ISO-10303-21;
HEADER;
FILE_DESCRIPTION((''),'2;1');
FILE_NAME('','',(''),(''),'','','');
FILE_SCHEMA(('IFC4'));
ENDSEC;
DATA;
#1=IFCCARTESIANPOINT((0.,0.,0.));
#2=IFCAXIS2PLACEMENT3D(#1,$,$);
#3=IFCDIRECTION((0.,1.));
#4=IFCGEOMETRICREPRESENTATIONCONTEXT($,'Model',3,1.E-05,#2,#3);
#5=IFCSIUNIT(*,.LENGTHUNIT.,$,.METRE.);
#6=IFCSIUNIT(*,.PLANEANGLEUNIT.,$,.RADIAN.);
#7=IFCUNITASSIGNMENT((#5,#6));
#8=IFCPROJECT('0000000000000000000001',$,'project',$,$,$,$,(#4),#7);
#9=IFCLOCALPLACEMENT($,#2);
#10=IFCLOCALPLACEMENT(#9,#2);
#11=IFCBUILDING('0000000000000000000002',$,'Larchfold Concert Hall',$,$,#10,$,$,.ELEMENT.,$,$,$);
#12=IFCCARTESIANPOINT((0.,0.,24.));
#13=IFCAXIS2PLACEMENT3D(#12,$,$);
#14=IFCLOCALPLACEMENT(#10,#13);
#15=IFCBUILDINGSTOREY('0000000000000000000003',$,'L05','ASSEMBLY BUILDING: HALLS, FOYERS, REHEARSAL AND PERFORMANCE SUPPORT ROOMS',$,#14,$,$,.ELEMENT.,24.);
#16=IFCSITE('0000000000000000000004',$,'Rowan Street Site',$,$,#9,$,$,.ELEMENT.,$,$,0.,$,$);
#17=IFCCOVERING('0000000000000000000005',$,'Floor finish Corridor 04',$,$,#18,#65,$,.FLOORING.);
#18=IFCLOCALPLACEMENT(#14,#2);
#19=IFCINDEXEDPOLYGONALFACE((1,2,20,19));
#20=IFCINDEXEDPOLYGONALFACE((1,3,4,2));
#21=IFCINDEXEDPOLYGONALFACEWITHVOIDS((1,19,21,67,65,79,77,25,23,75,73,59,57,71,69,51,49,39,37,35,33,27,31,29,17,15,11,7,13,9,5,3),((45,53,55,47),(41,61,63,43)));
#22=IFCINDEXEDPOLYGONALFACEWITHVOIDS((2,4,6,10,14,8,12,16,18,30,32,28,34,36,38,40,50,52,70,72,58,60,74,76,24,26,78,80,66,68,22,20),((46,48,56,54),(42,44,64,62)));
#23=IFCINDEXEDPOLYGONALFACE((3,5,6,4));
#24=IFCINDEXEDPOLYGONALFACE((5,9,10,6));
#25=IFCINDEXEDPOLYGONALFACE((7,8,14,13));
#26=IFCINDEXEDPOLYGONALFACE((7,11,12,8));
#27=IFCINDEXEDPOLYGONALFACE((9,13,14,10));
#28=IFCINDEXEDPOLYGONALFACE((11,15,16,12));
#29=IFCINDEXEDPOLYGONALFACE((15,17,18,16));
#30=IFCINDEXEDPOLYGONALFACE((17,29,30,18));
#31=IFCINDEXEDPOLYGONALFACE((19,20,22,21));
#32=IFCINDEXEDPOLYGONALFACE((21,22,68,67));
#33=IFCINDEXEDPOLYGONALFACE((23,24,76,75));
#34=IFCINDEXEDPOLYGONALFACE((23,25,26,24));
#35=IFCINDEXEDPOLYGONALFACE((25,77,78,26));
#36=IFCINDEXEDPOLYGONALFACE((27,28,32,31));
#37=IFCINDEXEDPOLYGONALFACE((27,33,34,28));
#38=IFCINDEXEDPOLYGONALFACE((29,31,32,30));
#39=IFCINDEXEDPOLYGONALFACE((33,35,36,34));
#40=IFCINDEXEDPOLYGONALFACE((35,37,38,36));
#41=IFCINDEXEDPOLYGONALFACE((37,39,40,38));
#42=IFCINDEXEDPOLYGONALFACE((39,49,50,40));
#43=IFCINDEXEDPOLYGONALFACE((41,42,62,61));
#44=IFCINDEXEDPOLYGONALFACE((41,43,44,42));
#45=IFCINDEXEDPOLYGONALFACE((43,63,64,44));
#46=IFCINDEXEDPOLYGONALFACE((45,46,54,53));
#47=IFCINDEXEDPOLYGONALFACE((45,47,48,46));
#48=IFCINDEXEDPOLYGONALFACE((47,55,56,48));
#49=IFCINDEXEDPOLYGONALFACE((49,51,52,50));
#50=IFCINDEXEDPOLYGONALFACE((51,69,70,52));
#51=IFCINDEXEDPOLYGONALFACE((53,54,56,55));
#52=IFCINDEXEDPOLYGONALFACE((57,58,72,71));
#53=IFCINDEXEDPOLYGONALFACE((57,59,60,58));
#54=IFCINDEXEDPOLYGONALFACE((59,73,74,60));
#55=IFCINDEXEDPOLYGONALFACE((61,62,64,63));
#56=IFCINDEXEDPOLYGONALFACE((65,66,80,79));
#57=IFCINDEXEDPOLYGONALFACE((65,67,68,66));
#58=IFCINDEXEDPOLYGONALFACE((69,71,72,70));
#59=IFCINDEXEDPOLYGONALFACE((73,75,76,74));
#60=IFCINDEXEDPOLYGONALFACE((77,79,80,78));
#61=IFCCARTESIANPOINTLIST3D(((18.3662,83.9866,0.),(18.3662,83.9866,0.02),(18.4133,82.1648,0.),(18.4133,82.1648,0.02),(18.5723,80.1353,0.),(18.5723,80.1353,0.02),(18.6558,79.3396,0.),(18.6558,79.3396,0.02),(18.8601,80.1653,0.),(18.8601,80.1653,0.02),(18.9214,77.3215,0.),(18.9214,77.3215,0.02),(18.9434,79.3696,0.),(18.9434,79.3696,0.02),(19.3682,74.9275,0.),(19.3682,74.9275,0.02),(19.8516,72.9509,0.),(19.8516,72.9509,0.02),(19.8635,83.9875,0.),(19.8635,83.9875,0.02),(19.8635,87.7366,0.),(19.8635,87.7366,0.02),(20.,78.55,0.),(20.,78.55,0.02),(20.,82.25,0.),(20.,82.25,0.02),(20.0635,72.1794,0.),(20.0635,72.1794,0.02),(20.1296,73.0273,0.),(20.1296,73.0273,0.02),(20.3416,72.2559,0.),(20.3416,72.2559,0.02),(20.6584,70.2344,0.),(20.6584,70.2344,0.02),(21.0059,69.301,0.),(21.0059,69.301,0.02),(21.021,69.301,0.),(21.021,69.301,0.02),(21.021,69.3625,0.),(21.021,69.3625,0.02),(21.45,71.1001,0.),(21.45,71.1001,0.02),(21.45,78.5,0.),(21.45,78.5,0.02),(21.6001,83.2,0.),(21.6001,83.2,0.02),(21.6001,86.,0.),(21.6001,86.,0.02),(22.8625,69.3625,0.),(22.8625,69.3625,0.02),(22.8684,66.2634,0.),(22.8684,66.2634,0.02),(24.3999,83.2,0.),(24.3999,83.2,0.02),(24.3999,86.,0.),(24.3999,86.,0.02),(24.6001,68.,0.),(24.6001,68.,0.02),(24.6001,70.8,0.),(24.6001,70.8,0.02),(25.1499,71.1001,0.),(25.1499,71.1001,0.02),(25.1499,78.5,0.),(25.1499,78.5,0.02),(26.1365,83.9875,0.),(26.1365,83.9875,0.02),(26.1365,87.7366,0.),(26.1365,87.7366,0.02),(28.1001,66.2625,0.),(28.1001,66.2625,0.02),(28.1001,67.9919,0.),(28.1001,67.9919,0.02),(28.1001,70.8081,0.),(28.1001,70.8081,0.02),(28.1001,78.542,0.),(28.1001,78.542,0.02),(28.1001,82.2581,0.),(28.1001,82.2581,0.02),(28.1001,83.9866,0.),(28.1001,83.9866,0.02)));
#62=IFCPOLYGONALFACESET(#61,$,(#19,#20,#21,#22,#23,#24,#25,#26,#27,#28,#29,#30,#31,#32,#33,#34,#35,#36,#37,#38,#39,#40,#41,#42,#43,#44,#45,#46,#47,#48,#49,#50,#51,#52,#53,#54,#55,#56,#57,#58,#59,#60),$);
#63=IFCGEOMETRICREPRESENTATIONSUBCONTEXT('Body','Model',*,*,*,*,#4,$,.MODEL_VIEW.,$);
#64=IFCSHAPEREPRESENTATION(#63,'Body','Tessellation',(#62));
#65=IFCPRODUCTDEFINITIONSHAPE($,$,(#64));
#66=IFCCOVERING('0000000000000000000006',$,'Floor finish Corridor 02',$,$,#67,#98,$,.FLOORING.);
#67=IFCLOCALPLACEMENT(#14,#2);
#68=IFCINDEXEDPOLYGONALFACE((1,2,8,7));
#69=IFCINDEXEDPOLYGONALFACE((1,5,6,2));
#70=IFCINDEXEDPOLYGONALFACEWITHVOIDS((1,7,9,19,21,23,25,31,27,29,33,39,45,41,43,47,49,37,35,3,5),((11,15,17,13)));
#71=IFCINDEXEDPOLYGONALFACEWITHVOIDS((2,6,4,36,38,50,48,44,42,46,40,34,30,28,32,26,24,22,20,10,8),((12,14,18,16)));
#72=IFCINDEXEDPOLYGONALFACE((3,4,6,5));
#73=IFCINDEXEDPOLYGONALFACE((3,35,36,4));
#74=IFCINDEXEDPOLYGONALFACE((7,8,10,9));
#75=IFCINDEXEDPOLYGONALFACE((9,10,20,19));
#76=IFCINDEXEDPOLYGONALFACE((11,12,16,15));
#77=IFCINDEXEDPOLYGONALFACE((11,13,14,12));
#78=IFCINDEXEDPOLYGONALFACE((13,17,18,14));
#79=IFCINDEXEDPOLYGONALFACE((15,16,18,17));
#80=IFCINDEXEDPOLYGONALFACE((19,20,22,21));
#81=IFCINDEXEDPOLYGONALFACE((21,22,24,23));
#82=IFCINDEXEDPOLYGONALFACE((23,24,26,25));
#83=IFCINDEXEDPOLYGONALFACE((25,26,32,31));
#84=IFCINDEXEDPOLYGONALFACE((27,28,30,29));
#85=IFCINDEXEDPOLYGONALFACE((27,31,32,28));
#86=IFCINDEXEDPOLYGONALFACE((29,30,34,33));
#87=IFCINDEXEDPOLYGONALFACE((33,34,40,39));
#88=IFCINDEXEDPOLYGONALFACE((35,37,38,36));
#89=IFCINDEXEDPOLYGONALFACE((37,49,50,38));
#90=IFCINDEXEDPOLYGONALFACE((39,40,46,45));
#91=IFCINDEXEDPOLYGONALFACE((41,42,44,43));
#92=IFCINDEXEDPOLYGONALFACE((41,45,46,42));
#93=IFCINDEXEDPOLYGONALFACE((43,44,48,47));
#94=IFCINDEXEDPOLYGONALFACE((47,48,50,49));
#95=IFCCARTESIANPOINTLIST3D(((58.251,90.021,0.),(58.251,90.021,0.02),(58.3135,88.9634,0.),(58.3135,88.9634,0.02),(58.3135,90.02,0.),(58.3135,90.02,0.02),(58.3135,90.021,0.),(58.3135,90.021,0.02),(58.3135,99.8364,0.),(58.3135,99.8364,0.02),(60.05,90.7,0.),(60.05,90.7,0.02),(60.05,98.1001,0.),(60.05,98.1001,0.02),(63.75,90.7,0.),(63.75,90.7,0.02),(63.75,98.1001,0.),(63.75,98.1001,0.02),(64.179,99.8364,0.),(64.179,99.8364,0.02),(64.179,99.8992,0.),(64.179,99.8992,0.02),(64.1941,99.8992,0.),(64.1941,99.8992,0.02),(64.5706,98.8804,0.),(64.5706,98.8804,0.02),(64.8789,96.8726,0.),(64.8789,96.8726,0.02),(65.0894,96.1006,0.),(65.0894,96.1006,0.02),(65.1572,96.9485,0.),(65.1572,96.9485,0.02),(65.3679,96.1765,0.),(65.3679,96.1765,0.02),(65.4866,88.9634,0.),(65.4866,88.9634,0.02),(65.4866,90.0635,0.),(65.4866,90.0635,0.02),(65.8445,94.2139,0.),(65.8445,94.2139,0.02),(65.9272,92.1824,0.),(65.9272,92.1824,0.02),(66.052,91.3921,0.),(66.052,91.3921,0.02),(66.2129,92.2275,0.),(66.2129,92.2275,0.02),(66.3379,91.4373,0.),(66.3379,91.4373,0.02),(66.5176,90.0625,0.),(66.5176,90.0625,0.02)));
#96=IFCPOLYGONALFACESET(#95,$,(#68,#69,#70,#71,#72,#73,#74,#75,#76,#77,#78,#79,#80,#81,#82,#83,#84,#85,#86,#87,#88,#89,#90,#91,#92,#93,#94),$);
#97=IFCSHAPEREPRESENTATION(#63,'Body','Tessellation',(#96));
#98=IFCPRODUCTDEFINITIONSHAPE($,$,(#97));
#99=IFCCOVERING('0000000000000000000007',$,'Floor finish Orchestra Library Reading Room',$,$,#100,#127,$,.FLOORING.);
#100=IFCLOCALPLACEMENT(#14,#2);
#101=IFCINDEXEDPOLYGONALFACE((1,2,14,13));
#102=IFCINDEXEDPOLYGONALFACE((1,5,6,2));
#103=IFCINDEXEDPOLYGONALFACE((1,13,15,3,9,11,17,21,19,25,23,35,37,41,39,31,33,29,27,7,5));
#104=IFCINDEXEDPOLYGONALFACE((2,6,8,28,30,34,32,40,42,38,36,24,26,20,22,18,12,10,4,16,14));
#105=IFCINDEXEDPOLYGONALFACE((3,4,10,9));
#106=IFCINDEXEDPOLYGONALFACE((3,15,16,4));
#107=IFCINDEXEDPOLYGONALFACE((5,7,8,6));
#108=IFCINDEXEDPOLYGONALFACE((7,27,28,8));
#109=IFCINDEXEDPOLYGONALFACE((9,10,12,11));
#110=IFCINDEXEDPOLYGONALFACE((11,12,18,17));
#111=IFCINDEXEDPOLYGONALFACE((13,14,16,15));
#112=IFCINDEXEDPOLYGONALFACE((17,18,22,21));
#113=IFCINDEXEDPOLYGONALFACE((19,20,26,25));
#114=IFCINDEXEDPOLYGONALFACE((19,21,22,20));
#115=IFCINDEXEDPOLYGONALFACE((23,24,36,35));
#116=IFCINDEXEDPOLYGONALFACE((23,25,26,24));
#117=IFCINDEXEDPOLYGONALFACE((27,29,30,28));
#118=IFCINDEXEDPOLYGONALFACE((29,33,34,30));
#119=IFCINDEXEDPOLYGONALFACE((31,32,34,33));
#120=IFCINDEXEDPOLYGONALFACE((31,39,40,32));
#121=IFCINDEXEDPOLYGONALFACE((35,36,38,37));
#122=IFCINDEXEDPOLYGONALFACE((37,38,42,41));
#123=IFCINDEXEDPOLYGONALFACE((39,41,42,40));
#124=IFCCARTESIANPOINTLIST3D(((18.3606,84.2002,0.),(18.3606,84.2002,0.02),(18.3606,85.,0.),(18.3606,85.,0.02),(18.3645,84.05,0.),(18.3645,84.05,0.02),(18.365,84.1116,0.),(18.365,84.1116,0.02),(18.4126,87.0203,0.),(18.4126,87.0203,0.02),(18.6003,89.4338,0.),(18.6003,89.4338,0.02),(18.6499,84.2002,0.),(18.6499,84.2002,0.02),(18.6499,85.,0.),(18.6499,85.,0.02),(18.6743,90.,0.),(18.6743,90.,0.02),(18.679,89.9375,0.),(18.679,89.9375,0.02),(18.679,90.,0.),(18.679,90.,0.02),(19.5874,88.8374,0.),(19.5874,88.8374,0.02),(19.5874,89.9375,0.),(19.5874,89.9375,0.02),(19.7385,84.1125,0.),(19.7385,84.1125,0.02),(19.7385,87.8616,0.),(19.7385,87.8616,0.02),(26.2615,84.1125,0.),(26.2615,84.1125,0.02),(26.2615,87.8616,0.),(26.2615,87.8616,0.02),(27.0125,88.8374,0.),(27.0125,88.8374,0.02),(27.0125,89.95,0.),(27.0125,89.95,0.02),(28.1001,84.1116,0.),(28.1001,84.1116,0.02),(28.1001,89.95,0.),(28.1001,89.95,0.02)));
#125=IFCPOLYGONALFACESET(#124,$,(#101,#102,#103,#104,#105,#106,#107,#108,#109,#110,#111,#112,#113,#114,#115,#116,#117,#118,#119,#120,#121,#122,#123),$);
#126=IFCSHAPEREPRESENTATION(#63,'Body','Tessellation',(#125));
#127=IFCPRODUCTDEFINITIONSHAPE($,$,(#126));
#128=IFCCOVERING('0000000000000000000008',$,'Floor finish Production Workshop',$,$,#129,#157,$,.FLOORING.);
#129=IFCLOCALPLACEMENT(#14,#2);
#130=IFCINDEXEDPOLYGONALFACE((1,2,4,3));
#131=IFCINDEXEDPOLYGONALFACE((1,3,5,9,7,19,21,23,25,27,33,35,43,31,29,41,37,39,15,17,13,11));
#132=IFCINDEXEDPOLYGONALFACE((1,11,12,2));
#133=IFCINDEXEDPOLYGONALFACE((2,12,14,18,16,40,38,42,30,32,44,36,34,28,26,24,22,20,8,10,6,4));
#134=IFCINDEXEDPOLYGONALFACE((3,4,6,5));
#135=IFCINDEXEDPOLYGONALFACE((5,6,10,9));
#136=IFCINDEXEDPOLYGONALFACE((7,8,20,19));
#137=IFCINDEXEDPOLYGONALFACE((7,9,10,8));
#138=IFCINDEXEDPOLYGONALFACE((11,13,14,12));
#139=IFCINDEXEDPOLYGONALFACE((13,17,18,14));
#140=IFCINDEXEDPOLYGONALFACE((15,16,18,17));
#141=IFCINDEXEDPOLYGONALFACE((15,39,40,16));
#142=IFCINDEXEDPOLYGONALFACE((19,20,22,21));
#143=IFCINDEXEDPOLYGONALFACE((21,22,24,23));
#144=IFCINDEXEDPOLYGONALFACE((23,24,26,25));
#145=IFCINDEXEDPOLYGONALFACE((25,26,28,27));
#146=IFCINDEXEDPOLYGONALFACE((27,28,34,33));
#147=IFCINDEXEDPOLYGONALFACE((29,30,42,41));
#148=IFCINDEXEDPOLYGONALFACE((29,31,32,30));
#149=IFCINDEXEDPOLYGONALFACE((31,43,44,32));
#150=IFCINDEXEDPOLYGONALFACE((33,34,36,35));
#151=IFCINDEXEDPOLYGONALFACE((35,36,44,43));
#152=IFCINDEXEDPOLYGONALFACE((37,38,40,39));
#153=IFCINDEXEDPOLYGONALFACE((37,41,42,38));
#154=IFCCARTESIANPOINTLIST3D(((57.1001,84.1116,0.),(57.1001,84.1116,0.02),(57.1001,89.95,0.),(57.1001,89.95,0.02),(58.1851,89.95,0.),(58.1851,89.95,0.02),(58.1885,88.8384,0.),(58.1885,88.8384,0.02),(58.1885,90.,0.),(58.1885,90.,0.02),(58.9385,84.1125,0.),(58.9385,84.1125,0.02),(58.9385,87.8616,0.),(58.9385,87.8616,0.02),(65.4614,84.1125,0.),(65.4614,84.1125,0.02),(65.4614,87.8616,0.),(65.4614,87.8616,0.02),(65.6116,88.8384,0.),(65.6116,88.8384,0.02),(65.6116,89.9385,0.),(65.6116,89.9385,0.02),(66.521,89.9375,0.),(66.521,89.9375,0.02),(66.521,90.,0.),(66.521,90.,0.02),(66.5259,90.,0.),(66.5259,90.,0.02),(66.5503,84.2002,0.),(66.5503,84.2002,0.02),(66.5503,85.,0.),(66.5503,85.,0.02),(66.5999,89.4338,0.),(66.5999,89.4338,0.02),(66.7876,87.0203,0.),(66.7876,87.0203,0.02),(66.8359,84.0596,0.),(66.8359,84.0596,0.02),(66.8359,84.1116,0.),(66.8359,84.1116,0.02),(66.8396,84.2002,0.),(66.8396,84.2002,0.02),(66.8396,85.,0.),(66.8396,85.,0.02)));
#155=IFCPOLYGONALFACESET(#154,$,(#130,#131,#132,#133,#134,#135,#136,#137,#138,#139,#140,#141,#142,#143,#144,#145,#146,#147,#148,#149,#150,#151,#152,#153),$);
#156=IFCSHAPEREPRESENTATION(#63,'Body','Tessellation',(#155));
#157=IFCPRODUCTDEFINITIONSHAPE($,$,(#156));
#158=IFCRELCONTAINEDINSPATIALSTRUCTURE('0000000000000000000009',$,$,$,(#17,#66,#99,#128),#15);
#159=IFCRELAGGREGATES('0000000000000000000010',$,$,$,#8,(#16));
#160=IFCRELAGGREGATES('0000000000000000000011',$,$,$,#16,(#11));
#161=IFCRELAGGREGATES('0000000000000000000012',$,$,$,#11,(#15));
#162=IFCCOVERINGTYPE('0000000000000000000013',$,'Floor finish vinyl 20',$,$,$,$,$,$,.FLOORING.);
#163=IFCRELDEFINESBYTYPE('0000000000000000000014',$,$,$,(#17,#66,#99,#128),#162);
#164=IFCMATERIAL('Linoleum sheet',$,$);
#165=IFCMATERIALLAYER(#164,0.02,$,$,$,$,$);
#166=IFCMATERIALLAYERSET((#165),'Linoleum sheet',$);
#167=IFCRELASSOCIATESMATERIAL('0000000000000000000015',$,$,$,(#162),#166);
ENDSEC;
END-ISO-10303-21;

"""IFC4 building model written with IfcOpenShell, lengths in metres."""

from ifc_helpers import new_model, si_unit, direction, frame, origin, place, context, subcontext, project, spatial, polyline, outline, extrude, material, layer, layer_set, type_object, element, save


model = new_model("IFC4")

# Units and contexts
model_context = context("Model", 3, precision=1e-05, world=origin(), true_north=direction((0.0, 1.0)))
body_context = subcontext(model_context, "Body", "Model", "MODEL_VIEW")
ifc_project = project(units=[si_unit("LENGTHUNIT", "METRE"), si_unit("PLANEANGLEUNIT", "RADIAN")], contexts=[model_context])

# Site, building, storey
site_placement = place(None, origin())
site = spatial("IfcSite", under=ifc_project, at=site_placement, Name="Rowan Street Site", CompositionType="ELEMENT", RefElevation=0.0)
building_placement = place(site_placement, origin())
building = spatial("IfcBuilding", under=site, at=building_placement, Name="Larchfold Concert Hall", CompositionType="ELEMENT")
storey_placement = place(building_placement, frame((0.0, 0.0, 24.0)))
storey = spatial("IfcBuildingStorey", under=building, at=storey_placement, Name="L05", Description="ASSEMBLY BUILDING: HALLS, FOYERS, REHEARSAL AND PERFORMANCE SUPPORT ROOMS", CompositionType="ELEMENT", Elevation=24.0)

# Coverings
ifc_material_1 = material(Name="Linoleum sheet")
ifc_layer_1 = layer(ifc_material_1, 0.02)
ifc_layer_set_1 = layer_set([ifc_layer_1], Name="Linoleum sheet")
covering_type_1 = type_object("IfcCoveringType", Name="Floor finish vinyl 20", PredefinedType="FLOORING", material=ifc_layer_set_1)
covering_1_placement = place(storey_placement, origin())
element("IfcCovering", 1, at=covering_1_placement, inside=storey, type_object=covering_type_1, Name="Floor finish Corridor 04", PredefinedType="FLOORING", context=body_context, shape_type="SweptSolid", body=[
    extrude(outline(polyline([(19.8635, 83.9875), (18.3662, 83.9866), (18.4133, 82.1648), (18.5723, 80.1353), (18.8601, 80.1653), (18.9434, 79.3696), (18.6558, 79.3396), (18.9214, 77.3215), (19.3682, 74.9275), (19.8516, 72.9509), (20.1296, 73.0273), (20.3416, 72.2559), (20.0635, 72.1794), (20.6584, 70.2344), (21.0059, 69.301), (21.021, 69.301), (21.021, 69.3625), (22.8625, 69.3625), (22.8684, 66.2571), (22.8684, 66.2634), (28.1001, 66.2625), (28.1001, 67.9919), (24.6001, 68.0), (24.6001, 70.8), (28.1001, 70.8081), (28.1001, 78.542), (20.0, 78.55), (20.0, 82.25), (28.1001, 82.2581), (28.1001, 83.9866), (26.1365, 83.9875), (26.1365, 87.7366), (19.8635, 87.7366), (19.8635, 83.9875)]), holes=[polyline([(21.45, 71.1001), (21.45, 78.5), (25.1499, 78.5), (25.1499, 71.1001), (21.45, 71.1001)]), polyline([(24.3999, 83.2), (21.6001, 83.2), (21.6001, 86.0), (24.3999, 86.0), (24.3999, 83.2)])]), origin(), (0.0, 0.0, 1.0), 0.02),
])
covering_2_placement = place(storey_placement, origin())
element("IfcCovering", 2, at=covering_2_placement, inside=storey, type_object=covering_type_1, Name="Floor finish Corridor 02", PredefinedType="FLOORING", context=body_context, shape_type="SweptSolid", body=[
    extrude(outline(polyline([(58.251, 90.021), (58.3135, 90.02), (58.3135, 88.9634), (65.4866, 88.9634), (65.4866, 90.0635), (66.5176, 90.0625), (66.3379, 91.4373), (66.052, 91.3921), (65.9272, 92.1824), (66.2129, 92.2275), (65.8445, 94.2139), (65.3679, 96.1765), (65.0894, 96.1006), (64.8789, 96.8726), (65.1572, 96.9485), (64.5706, 98.8804), (64.1941, 99.8992), (64.179, 99.8992), (64.179, 99.8364), (58.3135, 99.8364), (58.3135, 90.021), (58.251, 90.021)]), holes=[polyline([(60.05, 90.7), (60.05, 98.1001), (63.75, 98.1001), (63.75, 90.7), (60.05, 90.7)])]), origin(), (0.0, 0.0, 1.0), 0.02),
])
covering_3_placement = place(storey_placement, origin())
element("IfcCovering", 3, at=covering_3_placement, inside=storey, type_object=covering_type_1, Name="Floor finish Orchestra Library Reading Room", PredefinedType="FLOORING", context=body_context, shape_type="SweptSolid", body=[
    extrude(outline(polyline([(18.3645, 84.05), (18.365, 84.1116), (19.8, 84.1125), (19.7385, 84.1125), (19.7385, 87.8616), (26.2615, 87.8616), (26.2615, 84.1125), (28.1001, 84.1116), (28.1001, 89.95), (27.0125, 89.95), (27.0125, 88.8374), (19.5874, 88.8374), (19.5874, 89.9375), (18.679, 89.9375), (18.679, 90.0), (18.6743, 90.0), (18.6003, 89.4338), (18.4126, 87.0203), (18.3606, 85.0), (18.6499, 85.0), (18.6499, 84.2002), (18.3606, 84.2002), (18.3645, 84.05)])), origin(), (0.0, 0.0, 1.0), 0.02),
])
covering_4_placement = place(storey_placement, origin())
element("IfcCovering", 4, at=covering_4_placement, inside=storey, type_object=covering_type_1, Name="Floor finish Production Workshop", PredefinedType="FLOORING", context=body_context, shape_type="SweptSolid", body=[
    extrude(outline(polyline([(58.1885, 90.0), (58.1851, 89.95), (57.1001, 89.95), (57.1001, 84.1116), (59.0, 84.1125), (58.9385, 84.1125), (58.9385, 87.8616), (65.4614, 87.8616), (65.4614, 84.1125), (66.8359, 84.1116), (66.8359, 84.0596), (66.8396, 84.2002), (66.5503, 84.2002), (66.5503, 85.0), (66.8396, 85.0), (66.7876, 87.0203), (66.5999, 89.4338), (66.5259, 90.0), (66.521, 90.0), (66.521, 89.9375), (65.6116, 89.9385), (65.6116, 88.8384), (58.1885, 88.8384), (58.1885, 90.0)])), origin(), (0.0, 0.0, 1.0), 0.02),
])

save(model, "model.ifc")
